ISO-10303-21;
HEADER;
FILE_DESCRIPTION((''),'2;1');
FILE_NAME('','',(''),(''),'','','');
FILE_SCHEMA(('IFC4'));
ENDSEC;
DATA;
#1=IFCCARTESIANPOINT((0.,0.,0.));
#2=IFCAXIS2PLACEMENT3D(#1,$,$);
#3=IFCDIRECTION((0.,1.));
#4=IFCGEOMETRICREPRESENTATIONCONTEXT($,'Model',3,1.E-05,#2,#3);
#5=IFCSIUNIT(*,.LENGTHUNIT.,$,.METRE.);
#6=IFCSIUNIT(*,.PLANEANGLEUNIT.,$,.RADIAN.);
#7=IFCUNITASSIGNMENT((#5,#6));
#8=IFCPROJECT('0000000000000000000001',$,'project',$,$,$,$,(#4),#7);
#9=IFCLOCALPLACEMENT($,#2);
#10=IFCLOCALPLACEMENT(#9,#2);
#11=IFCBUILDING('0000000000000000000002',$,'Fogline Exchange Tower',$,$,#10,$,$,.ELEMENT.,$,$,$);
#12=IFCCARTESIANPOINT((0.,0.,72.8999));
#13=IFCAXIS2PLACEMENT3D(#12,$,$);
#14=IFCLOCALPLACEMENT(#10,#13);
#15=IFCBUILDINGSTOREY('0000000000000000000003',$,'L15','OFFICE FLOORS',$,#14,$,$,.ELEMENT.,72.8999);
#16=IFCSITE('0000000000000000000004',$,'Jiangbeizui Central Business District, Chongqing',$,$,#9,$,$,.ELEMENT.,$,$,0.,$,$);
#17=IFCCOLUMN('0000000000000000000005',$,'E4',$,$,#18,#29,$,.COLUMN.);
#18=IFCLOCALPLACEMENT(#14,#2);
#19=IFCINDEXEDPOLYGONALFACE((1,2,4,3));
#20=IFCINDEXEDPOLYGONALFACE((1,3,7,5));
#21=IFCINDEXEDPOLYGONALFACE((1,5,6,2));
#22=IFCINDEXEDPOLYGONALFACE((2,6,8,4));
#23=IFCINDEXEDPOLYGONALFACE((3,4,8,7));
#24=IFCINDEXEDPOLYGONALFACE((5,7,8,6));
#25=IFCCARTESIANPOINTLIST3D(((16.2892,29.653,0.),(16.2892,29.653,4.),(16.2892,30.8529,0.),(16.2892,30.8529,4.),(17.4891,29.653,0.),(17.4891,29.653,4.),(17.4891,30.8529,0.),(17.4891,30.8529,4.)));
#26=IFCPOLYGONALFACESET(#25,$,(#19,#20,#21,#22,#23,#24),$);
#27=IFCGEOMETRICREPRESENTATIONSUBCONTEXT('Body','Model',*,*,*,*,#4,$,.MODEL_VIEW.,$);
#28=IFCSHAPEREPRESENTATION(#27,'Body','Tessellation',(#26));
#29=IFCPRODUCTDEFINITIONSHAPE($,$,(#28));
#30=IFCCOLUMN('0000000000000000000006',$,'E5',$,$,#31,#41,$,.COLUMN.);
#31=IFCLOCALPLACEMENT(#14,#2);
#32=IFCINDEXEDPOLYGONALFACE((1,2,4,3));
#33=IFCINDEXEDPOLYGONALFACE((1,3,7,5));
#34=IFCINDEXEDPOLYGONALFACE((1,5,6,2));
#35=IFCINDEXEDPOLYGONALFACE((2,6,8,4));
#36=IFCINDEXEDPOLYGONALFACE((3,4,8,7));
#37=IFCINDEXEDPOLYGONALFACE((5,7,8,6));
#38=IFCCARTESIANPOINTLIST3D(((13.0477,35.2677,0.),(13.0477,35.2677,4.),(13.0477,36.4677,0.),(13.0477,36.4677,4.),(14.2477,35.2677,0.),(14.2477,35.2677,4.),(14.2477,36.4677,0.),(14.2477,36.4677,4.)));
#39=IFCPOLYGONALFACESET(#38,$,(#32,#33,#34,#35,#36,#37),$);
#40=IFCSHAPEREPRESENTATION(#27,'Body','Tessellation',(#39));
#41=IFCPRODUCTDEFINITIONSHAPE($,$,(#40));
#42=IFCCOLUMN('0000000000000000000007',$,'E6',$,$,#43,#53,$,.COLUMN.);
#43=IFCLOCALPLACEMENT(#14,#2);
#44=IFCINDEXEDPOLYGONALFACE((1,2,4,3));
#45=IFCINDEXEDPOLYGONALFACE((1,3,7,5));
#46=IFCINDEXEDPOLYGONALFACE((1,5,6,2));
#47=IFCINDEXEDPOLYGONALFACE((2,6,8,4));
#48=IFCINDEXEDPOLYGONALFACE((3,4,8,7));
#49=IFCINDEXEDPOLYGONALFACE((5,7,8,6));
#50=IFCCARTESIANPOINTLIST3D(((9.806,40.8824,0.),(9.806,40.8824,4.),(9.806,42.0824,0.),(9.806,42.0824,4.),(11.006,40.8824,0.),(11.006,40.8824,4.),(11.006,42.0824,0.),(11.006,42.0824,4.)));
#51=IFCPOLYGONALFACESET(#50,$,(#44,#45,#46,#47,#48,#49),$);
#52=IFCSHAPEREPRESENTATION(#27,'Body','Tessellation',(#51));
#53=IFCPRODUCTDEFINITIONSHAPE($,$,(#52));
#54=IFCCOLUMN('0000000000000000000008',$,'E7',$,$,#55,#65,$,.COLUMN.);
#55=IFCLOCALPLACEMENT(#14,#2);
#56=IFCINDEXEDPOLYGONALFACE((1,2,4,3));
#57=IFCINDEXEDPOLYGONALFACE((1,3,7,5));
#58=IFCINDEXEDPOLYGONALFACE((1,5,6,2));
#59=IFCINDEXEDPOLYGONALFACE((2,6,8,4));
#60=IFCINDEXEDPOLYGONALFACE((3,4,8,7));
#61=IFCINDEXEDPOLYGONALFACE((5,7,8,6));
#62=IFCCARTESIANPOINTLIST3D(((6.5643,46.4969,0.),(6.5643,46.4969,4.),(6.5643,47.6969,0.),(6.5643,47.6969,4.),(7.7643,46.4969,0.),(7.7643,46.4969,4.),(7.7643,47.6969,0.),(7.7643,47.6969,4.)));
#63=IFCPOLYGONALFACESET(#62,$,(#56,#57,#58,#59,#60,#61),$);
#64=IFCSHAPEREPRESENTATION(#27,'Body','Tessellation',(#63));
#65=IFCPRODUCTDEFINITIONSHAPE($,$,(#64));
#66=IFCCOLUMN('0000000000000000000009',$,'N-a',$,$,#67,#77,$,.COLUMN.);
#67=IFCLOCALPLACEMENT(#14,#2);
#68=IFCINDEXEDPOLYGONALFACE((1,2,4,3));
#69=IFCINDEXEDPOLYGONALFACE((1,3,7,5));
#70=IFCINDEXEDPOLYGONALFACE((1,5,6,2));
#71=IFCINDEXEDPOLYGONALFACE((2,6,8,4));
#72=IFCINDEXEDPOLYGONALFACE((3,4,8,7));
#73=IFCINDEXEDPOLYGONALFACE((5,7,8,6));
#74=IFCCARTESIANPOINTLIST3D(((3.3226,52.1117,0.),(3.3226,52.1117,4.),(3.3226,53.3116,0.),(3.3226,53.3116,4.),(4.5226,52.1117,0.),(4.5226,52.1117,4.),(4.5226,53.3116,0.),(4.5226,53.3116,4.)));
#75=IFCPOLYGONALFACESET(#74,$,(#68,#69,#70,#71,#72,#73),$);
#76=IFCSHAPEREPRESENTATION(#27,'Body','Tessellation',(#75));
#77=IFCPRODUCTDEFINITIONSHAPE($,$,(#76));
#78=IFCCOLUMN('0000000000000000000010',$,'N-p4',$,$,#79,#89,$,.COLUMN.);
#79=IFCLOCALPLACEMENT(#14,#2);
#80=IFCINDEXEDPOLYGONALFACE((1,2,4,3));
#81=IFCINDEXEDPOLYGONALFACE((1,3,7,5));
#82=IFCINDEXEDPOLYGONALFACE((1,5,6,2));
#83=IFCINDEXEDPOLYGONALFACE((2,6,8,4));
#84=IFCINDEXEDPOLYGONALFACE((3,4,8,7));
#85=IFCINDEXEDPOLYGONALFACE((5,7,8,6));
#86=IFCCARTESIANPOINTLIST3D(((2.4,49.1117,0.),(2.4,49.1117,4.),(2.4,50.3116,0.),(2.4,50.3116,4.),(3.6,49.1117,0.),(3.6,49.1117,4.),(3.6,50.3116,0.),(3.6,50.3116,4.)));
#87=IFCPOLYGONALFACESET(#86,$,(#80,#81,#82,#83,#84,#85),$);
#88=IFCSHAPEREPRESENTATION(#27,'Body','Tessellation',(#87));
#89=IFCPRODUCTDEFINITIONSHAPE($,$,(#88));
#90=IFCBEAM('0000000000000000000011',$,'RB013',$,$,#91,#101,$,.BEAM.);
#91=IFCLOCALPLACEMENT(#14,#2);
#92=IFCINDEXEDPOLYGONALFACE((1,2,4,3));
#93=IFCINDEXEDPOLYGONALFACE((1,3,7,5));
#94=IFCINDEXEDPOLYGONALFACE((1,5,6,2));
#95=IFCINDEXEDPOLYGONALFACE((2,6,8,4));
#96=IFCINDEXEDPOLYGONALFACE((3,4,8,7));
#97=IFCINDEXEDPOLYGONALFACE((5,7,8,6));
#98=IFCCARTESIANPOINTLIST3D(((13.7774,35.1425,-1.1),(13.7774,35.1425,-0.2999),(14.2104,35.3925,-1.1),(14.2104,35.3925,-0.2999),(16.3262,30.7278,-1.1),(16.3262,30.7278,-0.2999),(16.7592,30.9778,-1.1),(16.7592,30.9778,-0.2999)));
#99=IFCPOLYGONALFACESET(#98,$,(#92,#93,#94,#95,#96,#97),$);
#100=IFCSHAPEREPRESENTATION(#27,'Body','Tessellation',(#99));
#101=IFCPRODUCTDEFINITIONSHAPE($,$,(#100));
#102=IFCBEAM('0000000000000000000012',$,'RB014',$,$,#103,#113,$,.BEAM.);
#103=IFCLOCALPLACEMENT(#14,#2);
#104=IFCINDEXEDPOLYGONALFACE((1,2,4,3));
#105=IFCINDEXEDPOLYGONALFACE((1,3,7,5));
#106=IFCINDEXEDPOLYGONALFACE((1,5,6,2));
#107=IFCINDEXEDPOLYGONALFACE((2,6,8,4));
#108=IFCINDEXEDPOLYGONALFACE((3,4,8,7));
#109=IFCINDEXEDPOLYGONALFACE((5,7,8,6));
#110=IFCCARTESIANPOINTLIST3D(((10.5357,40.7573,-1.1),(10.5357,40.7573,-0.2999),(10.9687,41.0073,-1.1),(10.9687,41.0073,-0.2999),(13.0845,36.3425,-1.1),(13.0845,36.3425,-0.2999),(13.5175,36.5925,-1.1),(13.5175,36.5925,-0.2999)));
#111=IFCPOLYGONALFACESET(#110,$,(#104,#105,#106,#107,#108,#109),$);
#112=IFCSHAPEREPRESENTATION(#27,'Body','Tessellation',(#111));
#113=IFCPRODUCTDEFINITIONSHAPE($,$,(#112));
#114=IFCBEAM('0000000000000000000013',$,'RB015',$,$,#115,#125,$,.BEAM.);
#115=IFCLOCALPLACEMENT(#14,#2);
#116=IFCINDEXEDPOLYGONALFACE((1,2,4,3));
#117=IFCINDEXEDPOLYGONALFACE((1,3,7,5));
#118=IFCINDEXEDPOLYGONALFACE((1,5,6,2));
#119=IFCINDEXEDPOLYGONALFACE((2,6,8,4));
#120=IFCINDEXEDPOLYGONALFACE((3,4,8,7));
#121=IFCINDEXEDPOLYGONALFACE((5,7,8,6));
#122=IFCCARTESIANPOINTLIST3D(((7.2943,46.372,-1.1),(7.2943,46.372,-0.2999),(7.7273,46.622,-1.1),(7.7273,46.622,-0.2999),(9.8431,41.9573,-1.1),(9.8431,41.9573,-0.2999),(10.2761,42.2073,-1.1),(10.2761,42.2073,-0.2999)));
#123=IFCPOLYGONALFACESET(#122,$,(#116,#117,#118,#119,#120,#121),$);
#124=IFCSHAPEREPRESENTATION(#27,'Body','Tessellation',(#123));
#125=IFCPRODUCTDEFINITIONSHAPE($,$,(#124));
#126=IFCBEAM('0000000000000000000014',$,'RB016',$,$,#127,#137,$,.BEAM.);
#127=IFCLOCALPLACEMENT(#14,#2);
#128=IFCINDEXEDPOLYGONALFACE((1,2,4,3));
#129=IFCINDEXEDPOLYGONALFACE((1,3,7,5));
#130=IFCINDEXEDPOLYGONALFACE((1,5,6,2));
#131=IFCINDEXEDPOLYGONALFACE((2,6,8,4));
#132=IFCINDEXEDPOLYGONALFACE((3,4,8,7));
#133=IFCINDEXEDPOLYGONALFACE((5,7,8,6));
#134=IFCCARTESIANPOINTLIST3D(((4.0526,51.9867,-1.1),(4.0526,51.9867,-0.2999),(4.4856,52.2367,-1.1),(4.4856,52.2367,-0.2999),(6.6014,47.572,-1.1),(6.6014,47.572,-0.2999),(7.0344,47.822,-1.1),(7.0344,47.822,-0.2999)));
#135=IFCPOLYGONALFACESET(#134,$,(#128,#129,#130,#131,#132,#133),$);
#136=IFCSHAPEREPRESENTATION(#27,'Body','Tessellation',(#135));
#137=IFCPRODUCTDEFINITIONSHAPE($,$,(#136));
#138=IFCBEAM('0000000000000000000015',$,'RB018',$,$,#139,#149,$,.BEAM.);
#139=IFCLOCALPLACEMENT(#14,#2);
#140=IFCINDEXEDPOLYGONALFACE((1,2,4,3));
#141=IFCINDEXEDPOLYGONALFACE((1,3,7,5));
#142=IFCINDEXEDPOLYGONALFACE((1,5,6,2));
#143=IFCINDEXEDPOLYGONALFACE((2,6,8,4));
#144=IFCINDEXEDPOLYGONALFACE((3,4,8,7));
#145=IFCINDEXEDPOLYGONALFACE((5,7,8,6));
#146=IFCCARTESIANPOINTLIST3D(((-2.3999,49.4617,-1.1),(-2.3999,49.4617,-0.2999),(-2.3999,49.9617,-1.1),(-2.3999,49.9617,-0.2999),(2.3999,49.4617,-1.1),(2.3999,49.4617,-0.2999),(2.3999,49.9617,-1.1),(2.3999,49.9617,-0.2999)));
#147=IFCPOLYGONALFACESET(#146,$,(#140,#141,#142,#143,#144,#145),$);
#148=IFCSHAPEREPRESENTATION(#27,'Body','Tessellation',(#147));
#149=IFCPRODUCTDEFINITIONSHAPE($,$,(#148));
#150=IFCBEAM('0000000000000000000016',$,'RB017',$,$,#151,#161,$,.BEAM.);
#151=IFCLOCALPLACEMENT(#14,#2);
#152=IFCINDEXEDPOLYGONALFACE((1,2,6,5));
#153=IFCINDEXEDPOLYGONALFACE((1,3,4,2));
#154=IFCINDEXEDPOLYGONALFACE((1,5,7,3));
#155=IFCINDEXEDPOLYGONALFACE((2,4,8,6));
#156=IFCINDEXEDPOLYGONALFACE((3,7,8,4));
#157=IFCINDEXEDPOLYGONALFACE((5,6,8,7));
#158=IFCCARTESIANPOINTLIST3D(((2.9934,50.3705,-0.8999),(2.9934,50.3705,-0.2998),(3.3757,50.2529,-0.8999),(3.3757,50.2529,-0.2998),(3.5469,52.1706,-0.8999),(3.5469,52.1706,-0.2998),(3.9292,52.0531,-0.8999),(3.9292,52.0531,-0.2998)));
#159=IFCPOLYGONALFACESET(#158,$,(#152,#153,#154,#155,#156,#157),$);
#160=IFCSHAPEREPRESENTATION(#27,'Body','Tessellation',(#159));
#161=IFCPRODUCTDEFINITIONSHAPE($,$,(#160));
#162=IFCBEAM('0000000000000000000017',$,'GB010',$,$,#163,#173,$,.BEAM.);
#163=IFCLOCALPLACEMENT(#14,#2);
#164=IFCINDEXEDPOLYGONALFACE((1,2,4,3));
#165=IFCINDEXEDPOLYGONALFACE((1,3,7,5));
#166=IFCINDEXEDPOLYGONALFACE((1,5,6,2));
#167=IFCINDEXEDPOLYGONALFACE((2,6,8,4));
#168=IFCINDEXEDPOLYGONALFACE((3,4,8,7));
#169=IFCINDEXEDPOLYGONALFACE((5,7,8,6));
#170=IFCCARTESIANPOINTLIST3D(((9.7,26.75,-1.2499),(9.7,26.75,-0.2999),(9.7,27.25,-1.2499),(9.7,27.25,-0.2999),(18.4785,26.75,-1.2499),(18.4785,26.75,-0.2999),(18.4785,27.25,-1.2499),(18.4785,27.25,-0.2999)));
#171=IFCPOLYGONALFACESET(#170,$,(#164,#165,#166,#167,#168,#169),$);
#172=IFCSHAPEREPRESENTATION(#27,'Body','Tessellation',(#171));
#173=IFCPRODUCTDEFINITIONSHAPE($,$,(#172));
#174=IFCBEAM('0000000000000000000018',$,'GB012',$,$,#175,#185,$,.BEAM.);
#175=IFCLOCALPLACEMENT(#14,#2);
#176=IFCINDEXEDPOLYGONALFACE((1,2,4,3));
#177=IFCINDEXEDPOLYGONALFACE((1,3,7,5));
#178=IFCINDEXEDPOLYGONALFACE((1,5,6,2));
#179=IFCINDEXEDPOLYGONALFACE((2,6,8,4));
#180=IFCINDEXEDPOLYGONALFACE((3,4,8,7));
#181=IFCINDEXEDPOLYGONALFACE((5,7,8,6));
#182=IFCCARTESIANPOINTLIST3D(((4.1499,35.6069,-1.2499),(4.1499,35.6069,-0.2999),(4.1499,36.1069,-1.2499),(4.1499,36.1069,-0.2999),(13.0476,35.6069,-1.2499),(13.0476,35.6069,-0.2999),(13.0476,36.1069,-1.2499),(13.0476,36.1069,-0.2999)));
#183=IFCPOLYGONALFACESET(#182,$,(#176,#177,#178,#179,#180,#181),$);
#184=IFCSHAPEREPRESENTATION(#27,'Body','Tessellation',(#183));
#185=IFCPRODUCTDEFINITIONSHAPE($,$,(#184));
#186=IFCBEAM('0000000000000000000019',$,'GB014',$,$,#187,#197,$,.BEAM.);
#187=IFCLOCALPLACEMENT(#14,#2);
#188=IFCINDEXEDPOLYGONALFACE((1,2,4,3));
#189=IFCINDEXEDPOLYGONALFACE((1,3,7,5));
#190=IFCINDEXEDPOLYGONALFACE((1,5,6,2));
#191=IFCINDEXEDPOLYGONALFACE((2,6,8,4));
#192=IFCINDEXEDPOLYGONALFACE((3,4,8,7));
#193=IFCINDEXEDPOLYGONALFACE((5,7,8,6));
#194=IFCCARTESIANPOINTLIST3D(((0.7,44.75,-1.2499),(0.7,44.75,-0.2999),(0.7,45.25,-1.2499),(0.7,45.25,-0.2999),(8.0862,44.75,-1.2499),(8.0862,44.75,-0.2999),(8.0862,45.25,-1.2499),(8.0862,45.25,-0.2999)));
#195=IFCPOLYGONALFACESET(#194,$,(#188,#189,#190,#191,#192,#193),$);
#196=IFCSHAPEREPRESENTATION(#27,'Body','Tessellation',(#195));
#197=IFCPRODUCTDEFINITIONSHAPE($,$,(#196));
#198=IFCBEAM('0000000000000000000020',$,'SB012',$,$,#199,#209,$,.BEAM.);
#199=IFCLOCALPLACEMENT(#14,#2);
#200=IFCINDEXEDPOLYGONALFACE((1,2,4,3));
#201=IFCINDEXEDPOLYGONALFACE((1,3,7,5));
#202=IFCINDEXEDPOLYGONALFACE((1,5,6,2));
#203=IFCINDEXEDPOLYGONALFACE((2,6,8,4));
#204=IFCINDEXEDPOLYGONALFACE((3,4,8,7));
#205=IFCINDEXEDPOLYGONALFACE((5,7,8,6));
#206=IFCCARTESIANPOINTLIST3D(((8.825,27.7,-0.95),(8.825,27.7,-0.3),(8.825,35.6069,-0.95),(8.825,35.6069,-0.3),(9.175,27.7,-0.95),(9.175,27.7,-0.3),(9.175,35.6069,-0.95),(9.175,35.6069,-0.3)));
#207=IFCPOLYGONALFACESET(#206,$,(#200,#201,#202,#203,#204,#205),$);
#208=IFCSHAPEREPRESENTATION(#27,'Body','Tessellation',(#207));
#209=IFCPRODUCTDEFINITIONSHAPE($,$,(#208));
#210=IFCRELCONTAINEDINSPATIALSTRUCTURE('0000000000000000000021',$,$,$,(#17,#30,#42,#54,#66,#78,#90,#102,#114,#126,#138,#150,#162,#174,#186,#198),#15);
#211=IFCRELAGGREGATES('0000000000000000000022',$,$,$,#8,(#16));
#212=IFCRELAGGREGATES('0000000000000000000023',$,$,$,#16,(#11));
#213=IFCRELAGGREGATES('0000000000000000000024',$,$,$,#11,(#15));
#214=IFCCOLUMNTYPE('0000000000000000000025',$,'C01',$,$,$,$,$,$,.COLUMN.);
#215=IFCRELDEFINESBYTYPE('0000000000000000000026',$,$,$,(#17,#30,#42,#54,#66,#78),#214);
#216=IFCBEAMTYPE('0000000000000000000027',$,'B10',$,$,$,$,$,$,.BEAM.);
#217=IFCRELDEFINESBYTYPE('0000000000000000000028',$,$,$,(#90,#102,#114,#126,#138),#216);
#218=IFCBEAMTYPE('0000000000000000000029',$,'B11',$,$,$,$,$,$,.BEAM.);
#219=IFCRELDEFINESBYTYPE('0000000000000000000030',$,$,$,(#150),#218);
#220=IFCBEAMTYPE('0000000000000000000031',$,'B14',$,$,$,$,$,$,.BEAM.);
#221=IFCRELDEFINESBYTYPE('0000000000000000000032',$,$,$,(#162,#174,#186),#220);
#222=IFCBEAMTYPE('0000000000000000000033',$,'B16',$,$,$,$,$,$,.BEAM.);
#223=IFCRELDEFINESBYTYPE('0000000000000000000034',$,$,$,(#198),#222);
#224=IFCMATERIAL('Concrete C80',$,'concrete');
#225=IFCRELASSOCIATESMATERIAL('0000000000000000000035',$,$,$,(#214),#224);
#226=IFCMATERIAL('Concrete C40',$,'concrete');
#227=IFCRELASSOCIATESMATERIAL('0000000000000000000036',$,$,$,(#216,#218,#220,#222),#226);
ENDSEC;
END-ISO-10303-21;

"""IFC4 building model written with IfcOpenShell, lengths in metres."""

from ifc_helpers import new_model, si_unit, direction, frame, origin, origin_2d, place, context, subcontext, project, spatial, rectangle, extrude, material, material_profile, profile_set, type_object, element, save


model = new_model("IFC4")

# Units and contexts
model_context = context("Model", 3, precision=1e-05, world=origin(), true_north=direction((0.0, 1.0)))
body_context = subcontext(model_context, "Body", "Model", "MODEL_VIEW")
ifc_project = project(units=[si_unit("LENGTHUNIT", "METRE"), si_unit("PLANEANGLEUNIT", "RADIAN")], contexts=[model_context])

# Site, building, storey
site_placement = place(None, origin())
site = spatial("IfcSite", under=ifc_project, at=site_placement, Name="Jiangbeizui Central Business District, Chongqing", CompositionType="ELEMENT", RefElevation=0.0)
building_placement = place(site_placement, origin())
building = spatial("IfcBuilding", under=site, at=building_placement, Name="Fogline Exchange Tower", CompositionType="ELEMENT")
storey_placement = place(building_placement, frame((0.0, 0.0, 72.8999)))
storey = spatial("IfcBuildingStorey", under=building, at=storey_placement, Name="L15", Description="OFFICE FLOORS", CompositionType="ELEMENT", Elevation=72.8999)

# Columns
ifc_material_1 = material(Name="Concrete C80", Category="concrete")
ifc_material_profile_1 = material_profile(ifc_material_1, rectangle(XDim=1.2, YDim=1.2, at=origin_2d()), Name="RC 1200x1200")
ifc_profile_set_1 = profile_set([ifc_material_profile_1], Name="Concrete C80")
column_type = type_object("IfcColumnType", Name="C01", PredefinedType="COLUMN", material=ifc_profile_set_1)
for number, where, z_axis, x_axis, name in (
    (1, (16.8892, 30.2529, 0.0), (0.0, 0.0, 1.0), (1.0, 0.0, 0.0), "E4"),
    (2, (13.6477, 35.8677, 0.0), (0.0, 0.0, 1.0), (1.0, 0.0, 0.0), "E5"),
    (3, (10.406, 41.4824, 0.0), (0.0, 0.0, 1.0), (1.0, 0.0, 0.0), "E6"),
    (4, (7.1643, 47.0969, 0.0), (0.0, 0.0, 1.0), (1.0, 0.0, 0.0), "E7"),
    (5, (3.9226, 52.7117, 0.0), (0.0, 0.0, 1.0), (1.0, 0.0, 0.0), "N-a"),
    (6, (3.0, 49.7117, 0.0), (0.0, 0.0, 1.0), (1.0, 0.0, 0.0), "N-p4"),
):
    element("IfcColumn", number, at=place(storey_placement, frame(where, z_axis=z_axis, x_axis=x_axis)), inside=storey, type_object=column_type, Name=name, PredefinedType="COLUMN", context=body_context, shape_type="SweptSolid", body=[
        extrude(rectangle(XDim=1.2, YDim=1.2, at=origin_2d()), origin(), (0.0, 0.0, 1.0), 4.0),
    ])

# Beams
ifc_material_2 = material(Name="Concrete C40", Category="concrete")
ifc_material_profile_2 = material_profile(ifc_material_2, rectangle(XDim=0.5, YDim=0.8, at=origin_2d()), Name="RC 500x800")
ifc_profile_set_2 = profile_set([ifc_material_profile_2], Name="Concrete C40")
beam_type_1 = type_object("IfcBeamType", Name="B10", PredefinedType="BEAM", material=ifc_profile_set_2)
for number, where, z_axis, x_axis, name in (
    (7, (16.5427, 30.8528, -0.7), (-0.499992, 0.86603, 0.0), (-0.86603, -0.499992, 0.0), "RB013"),
    (8, (13.301, 36.4675, -0.7), (-0.499992, 0.86603, 0.0), (-0.86603, -0.499992, 0.0), "RB014"),
    (9, (10.0596, 42.0823, -0.7), (-0.499992, 0.86603, 0.0), (-0.86603, -0.499992, 0.0), "RB015"),
    (10, (6.8179, 47.697, -0.7), (-0.499992, 0.86603, 0.0), (-0.86603, -0.499992, 0.0), "RB016"),
):
    element("IfcBeam", number, at=place(storey_placement, frame(where, z_axis=z_axis, x_axis=x_axis)), inside=storey, type_object=beam_type_1, Name=name, PredefinedType="BEAM", context=body_context, shape_type="SweptSolid", body=[
        extrude(rectangle(XDim=0.5, YDim=0.8, at=origin_2d()), origin(), (0.0, 0.0, 1.0), 5.0977),
    ])
beam_1_placement = place(storey_placement, frame((2.3999, 49.7117, -0.7), z_axis=(-1.0, 0.0, 0.0), x_axis=(0.0, -1.0, 0.0)))
element("IfcBeam", 11, at=beam_1_placement, inside=storey, type_object=beam_type_1, Name="RB018", PredefinedType="BEAM", context=body_context, shape_type="SweptSolid", body=[
    extrude(rectangle(XDim=0.5, YDim=0.8, at=origin_2d()), origin(), (0.0, 0.0, 1.0), 4.7998),
])
ifc_material_profile_3 = material_profile(ifc_material_2, rectangle(XDim=0.3999, YDim=0.6001, at=origin_2d()), Name="RC 400x600")
ifc_profile_set_3 = profile_set([ifc_material_profile_3], Name="Concrete C40")
beam_type_2 = type_object("IfcBeamType", Name="B11", PredefinedType="BEAM", material=ifc_profile_set_3)
beam_2_placement = place(storey_placement, frame((3.738, 52.1118, -0.5999), z_axis=(-0.293895, -0.955838, 0.0), x_axis=(0.955838, -0.293895, 0.0)))
element("IfcBeam", 12, at=beam_2_placement, inside=storey, type_object=beam_type_2, Name="RB017", PredefinedType="BEAM", context=body_context, shape_type="SweptSolid", body=[
    extrude(rectangle(XDim=0.3999, YDim=0.6001, at=origin_2d()), origin(), (0.0, 0.0, 1.0), 1.8833),
])
ifc_material_profile_4 = material_profile(ifc_material_2, rectangle(XDim=0.5, YDim=0.95, at=origin_2d()), Name="RC 500x950")
ifc_profile_set_4 = profile_set([ifc_material_profile_4], Name="Concrete C40")
beam_type_3 = type_object("IfcBeamType", Name="B14", PredefinedType="BEAM", material=ifc_profile_set_4)
beam_3_placement = place(storey_placement, frame((9.7, 27.0, -0.7749), z_axis=(1.0, 0.0, 0.0), x_axis=(0.0, 1.0, 0.0)))
element("IfcBeam", 13, at=beam_3_placement, inside=storey, type_object=beam_type_3, Name="GB010", PredefinedType="BEAM", context=body_context, shape_type="SweptSolid", body=[
    extrude(rectangle(XDim=0.5, YDim=0.95, at=origin_2d()), origin(), (0.0, 0.0, 1.0), 8.7786),
])
beam_4_placement = place(storey_placement, frame((4.1499, 35.8569, -0.7749), z_axis=(1.0, 0.0, 0.0), x_axis=(0.0, 1.0, 0.0)))
element("IfcBeam", 14, at=beam_4_placement, inside=storey, type_object=beam_type_3, Name="GB012", PredefinedType="BEAM", context=body_context, shape_type="SweptSolid", body=[
    extrude(rectangle(XDim=0.5, YDim=0.95, at=origin_2d()), origin(), (0.0, 0.0, 1.0), 8.8977),
])
beam_5_placement = place(storey_placement, frame((0.7, 45.0, -0.7749), z_axis=(1.0, 0.0, 0.0), x_axis=(0.0, 1.0, 0.0)))
element("IfcBeam", 15, at=beam_5_placement, inside=storey, type_object=beam_type_3, Name="GB014", PredefinedType="BEAM", context=body_context, shape_type="SweptSolid", body=[
    extrude(rectangle(XDim=0.5, YDim=0.95, at=origin_2d()), origin(), (0.0, 0.0, 1.0), 7.3862),
])
ifc_material_profile_5 = material_profile(ifc_material_2, rectangle(XDim=0.3501, YDim=0.6499, at=origin_2d()), Name="RC 350x650")
ifc_profile_set_5 = profile_set([ifc_material_profile_5], Name="Concrete C40")
beam_type_4 = type_object("IfcBeamType", Name="B16", PredefinedType="BEAM", material=ifc_profile_set_5)
beam_6_placement = place(storey_placement, frame((9.0, 27.7, -0.625), z_axis=(0.0, 1.0, 0.0), x_axis=(-1.0, 0.0, 0.0)))
element("IfcBeam", 16, at=beam_6_placement, inside=storey, type_object=beam_type_4, Name="SB012", PredefinedType="BEAM", context=body_context, shape_type="SweptSolid", body=[
    extrude(rectangle(XDim=0.3501, YDim=0.6499, at=origin_2d()), origin(), (0.0, 0.0, 1.0), 7.907),
])

save(model, "model.ifc")
